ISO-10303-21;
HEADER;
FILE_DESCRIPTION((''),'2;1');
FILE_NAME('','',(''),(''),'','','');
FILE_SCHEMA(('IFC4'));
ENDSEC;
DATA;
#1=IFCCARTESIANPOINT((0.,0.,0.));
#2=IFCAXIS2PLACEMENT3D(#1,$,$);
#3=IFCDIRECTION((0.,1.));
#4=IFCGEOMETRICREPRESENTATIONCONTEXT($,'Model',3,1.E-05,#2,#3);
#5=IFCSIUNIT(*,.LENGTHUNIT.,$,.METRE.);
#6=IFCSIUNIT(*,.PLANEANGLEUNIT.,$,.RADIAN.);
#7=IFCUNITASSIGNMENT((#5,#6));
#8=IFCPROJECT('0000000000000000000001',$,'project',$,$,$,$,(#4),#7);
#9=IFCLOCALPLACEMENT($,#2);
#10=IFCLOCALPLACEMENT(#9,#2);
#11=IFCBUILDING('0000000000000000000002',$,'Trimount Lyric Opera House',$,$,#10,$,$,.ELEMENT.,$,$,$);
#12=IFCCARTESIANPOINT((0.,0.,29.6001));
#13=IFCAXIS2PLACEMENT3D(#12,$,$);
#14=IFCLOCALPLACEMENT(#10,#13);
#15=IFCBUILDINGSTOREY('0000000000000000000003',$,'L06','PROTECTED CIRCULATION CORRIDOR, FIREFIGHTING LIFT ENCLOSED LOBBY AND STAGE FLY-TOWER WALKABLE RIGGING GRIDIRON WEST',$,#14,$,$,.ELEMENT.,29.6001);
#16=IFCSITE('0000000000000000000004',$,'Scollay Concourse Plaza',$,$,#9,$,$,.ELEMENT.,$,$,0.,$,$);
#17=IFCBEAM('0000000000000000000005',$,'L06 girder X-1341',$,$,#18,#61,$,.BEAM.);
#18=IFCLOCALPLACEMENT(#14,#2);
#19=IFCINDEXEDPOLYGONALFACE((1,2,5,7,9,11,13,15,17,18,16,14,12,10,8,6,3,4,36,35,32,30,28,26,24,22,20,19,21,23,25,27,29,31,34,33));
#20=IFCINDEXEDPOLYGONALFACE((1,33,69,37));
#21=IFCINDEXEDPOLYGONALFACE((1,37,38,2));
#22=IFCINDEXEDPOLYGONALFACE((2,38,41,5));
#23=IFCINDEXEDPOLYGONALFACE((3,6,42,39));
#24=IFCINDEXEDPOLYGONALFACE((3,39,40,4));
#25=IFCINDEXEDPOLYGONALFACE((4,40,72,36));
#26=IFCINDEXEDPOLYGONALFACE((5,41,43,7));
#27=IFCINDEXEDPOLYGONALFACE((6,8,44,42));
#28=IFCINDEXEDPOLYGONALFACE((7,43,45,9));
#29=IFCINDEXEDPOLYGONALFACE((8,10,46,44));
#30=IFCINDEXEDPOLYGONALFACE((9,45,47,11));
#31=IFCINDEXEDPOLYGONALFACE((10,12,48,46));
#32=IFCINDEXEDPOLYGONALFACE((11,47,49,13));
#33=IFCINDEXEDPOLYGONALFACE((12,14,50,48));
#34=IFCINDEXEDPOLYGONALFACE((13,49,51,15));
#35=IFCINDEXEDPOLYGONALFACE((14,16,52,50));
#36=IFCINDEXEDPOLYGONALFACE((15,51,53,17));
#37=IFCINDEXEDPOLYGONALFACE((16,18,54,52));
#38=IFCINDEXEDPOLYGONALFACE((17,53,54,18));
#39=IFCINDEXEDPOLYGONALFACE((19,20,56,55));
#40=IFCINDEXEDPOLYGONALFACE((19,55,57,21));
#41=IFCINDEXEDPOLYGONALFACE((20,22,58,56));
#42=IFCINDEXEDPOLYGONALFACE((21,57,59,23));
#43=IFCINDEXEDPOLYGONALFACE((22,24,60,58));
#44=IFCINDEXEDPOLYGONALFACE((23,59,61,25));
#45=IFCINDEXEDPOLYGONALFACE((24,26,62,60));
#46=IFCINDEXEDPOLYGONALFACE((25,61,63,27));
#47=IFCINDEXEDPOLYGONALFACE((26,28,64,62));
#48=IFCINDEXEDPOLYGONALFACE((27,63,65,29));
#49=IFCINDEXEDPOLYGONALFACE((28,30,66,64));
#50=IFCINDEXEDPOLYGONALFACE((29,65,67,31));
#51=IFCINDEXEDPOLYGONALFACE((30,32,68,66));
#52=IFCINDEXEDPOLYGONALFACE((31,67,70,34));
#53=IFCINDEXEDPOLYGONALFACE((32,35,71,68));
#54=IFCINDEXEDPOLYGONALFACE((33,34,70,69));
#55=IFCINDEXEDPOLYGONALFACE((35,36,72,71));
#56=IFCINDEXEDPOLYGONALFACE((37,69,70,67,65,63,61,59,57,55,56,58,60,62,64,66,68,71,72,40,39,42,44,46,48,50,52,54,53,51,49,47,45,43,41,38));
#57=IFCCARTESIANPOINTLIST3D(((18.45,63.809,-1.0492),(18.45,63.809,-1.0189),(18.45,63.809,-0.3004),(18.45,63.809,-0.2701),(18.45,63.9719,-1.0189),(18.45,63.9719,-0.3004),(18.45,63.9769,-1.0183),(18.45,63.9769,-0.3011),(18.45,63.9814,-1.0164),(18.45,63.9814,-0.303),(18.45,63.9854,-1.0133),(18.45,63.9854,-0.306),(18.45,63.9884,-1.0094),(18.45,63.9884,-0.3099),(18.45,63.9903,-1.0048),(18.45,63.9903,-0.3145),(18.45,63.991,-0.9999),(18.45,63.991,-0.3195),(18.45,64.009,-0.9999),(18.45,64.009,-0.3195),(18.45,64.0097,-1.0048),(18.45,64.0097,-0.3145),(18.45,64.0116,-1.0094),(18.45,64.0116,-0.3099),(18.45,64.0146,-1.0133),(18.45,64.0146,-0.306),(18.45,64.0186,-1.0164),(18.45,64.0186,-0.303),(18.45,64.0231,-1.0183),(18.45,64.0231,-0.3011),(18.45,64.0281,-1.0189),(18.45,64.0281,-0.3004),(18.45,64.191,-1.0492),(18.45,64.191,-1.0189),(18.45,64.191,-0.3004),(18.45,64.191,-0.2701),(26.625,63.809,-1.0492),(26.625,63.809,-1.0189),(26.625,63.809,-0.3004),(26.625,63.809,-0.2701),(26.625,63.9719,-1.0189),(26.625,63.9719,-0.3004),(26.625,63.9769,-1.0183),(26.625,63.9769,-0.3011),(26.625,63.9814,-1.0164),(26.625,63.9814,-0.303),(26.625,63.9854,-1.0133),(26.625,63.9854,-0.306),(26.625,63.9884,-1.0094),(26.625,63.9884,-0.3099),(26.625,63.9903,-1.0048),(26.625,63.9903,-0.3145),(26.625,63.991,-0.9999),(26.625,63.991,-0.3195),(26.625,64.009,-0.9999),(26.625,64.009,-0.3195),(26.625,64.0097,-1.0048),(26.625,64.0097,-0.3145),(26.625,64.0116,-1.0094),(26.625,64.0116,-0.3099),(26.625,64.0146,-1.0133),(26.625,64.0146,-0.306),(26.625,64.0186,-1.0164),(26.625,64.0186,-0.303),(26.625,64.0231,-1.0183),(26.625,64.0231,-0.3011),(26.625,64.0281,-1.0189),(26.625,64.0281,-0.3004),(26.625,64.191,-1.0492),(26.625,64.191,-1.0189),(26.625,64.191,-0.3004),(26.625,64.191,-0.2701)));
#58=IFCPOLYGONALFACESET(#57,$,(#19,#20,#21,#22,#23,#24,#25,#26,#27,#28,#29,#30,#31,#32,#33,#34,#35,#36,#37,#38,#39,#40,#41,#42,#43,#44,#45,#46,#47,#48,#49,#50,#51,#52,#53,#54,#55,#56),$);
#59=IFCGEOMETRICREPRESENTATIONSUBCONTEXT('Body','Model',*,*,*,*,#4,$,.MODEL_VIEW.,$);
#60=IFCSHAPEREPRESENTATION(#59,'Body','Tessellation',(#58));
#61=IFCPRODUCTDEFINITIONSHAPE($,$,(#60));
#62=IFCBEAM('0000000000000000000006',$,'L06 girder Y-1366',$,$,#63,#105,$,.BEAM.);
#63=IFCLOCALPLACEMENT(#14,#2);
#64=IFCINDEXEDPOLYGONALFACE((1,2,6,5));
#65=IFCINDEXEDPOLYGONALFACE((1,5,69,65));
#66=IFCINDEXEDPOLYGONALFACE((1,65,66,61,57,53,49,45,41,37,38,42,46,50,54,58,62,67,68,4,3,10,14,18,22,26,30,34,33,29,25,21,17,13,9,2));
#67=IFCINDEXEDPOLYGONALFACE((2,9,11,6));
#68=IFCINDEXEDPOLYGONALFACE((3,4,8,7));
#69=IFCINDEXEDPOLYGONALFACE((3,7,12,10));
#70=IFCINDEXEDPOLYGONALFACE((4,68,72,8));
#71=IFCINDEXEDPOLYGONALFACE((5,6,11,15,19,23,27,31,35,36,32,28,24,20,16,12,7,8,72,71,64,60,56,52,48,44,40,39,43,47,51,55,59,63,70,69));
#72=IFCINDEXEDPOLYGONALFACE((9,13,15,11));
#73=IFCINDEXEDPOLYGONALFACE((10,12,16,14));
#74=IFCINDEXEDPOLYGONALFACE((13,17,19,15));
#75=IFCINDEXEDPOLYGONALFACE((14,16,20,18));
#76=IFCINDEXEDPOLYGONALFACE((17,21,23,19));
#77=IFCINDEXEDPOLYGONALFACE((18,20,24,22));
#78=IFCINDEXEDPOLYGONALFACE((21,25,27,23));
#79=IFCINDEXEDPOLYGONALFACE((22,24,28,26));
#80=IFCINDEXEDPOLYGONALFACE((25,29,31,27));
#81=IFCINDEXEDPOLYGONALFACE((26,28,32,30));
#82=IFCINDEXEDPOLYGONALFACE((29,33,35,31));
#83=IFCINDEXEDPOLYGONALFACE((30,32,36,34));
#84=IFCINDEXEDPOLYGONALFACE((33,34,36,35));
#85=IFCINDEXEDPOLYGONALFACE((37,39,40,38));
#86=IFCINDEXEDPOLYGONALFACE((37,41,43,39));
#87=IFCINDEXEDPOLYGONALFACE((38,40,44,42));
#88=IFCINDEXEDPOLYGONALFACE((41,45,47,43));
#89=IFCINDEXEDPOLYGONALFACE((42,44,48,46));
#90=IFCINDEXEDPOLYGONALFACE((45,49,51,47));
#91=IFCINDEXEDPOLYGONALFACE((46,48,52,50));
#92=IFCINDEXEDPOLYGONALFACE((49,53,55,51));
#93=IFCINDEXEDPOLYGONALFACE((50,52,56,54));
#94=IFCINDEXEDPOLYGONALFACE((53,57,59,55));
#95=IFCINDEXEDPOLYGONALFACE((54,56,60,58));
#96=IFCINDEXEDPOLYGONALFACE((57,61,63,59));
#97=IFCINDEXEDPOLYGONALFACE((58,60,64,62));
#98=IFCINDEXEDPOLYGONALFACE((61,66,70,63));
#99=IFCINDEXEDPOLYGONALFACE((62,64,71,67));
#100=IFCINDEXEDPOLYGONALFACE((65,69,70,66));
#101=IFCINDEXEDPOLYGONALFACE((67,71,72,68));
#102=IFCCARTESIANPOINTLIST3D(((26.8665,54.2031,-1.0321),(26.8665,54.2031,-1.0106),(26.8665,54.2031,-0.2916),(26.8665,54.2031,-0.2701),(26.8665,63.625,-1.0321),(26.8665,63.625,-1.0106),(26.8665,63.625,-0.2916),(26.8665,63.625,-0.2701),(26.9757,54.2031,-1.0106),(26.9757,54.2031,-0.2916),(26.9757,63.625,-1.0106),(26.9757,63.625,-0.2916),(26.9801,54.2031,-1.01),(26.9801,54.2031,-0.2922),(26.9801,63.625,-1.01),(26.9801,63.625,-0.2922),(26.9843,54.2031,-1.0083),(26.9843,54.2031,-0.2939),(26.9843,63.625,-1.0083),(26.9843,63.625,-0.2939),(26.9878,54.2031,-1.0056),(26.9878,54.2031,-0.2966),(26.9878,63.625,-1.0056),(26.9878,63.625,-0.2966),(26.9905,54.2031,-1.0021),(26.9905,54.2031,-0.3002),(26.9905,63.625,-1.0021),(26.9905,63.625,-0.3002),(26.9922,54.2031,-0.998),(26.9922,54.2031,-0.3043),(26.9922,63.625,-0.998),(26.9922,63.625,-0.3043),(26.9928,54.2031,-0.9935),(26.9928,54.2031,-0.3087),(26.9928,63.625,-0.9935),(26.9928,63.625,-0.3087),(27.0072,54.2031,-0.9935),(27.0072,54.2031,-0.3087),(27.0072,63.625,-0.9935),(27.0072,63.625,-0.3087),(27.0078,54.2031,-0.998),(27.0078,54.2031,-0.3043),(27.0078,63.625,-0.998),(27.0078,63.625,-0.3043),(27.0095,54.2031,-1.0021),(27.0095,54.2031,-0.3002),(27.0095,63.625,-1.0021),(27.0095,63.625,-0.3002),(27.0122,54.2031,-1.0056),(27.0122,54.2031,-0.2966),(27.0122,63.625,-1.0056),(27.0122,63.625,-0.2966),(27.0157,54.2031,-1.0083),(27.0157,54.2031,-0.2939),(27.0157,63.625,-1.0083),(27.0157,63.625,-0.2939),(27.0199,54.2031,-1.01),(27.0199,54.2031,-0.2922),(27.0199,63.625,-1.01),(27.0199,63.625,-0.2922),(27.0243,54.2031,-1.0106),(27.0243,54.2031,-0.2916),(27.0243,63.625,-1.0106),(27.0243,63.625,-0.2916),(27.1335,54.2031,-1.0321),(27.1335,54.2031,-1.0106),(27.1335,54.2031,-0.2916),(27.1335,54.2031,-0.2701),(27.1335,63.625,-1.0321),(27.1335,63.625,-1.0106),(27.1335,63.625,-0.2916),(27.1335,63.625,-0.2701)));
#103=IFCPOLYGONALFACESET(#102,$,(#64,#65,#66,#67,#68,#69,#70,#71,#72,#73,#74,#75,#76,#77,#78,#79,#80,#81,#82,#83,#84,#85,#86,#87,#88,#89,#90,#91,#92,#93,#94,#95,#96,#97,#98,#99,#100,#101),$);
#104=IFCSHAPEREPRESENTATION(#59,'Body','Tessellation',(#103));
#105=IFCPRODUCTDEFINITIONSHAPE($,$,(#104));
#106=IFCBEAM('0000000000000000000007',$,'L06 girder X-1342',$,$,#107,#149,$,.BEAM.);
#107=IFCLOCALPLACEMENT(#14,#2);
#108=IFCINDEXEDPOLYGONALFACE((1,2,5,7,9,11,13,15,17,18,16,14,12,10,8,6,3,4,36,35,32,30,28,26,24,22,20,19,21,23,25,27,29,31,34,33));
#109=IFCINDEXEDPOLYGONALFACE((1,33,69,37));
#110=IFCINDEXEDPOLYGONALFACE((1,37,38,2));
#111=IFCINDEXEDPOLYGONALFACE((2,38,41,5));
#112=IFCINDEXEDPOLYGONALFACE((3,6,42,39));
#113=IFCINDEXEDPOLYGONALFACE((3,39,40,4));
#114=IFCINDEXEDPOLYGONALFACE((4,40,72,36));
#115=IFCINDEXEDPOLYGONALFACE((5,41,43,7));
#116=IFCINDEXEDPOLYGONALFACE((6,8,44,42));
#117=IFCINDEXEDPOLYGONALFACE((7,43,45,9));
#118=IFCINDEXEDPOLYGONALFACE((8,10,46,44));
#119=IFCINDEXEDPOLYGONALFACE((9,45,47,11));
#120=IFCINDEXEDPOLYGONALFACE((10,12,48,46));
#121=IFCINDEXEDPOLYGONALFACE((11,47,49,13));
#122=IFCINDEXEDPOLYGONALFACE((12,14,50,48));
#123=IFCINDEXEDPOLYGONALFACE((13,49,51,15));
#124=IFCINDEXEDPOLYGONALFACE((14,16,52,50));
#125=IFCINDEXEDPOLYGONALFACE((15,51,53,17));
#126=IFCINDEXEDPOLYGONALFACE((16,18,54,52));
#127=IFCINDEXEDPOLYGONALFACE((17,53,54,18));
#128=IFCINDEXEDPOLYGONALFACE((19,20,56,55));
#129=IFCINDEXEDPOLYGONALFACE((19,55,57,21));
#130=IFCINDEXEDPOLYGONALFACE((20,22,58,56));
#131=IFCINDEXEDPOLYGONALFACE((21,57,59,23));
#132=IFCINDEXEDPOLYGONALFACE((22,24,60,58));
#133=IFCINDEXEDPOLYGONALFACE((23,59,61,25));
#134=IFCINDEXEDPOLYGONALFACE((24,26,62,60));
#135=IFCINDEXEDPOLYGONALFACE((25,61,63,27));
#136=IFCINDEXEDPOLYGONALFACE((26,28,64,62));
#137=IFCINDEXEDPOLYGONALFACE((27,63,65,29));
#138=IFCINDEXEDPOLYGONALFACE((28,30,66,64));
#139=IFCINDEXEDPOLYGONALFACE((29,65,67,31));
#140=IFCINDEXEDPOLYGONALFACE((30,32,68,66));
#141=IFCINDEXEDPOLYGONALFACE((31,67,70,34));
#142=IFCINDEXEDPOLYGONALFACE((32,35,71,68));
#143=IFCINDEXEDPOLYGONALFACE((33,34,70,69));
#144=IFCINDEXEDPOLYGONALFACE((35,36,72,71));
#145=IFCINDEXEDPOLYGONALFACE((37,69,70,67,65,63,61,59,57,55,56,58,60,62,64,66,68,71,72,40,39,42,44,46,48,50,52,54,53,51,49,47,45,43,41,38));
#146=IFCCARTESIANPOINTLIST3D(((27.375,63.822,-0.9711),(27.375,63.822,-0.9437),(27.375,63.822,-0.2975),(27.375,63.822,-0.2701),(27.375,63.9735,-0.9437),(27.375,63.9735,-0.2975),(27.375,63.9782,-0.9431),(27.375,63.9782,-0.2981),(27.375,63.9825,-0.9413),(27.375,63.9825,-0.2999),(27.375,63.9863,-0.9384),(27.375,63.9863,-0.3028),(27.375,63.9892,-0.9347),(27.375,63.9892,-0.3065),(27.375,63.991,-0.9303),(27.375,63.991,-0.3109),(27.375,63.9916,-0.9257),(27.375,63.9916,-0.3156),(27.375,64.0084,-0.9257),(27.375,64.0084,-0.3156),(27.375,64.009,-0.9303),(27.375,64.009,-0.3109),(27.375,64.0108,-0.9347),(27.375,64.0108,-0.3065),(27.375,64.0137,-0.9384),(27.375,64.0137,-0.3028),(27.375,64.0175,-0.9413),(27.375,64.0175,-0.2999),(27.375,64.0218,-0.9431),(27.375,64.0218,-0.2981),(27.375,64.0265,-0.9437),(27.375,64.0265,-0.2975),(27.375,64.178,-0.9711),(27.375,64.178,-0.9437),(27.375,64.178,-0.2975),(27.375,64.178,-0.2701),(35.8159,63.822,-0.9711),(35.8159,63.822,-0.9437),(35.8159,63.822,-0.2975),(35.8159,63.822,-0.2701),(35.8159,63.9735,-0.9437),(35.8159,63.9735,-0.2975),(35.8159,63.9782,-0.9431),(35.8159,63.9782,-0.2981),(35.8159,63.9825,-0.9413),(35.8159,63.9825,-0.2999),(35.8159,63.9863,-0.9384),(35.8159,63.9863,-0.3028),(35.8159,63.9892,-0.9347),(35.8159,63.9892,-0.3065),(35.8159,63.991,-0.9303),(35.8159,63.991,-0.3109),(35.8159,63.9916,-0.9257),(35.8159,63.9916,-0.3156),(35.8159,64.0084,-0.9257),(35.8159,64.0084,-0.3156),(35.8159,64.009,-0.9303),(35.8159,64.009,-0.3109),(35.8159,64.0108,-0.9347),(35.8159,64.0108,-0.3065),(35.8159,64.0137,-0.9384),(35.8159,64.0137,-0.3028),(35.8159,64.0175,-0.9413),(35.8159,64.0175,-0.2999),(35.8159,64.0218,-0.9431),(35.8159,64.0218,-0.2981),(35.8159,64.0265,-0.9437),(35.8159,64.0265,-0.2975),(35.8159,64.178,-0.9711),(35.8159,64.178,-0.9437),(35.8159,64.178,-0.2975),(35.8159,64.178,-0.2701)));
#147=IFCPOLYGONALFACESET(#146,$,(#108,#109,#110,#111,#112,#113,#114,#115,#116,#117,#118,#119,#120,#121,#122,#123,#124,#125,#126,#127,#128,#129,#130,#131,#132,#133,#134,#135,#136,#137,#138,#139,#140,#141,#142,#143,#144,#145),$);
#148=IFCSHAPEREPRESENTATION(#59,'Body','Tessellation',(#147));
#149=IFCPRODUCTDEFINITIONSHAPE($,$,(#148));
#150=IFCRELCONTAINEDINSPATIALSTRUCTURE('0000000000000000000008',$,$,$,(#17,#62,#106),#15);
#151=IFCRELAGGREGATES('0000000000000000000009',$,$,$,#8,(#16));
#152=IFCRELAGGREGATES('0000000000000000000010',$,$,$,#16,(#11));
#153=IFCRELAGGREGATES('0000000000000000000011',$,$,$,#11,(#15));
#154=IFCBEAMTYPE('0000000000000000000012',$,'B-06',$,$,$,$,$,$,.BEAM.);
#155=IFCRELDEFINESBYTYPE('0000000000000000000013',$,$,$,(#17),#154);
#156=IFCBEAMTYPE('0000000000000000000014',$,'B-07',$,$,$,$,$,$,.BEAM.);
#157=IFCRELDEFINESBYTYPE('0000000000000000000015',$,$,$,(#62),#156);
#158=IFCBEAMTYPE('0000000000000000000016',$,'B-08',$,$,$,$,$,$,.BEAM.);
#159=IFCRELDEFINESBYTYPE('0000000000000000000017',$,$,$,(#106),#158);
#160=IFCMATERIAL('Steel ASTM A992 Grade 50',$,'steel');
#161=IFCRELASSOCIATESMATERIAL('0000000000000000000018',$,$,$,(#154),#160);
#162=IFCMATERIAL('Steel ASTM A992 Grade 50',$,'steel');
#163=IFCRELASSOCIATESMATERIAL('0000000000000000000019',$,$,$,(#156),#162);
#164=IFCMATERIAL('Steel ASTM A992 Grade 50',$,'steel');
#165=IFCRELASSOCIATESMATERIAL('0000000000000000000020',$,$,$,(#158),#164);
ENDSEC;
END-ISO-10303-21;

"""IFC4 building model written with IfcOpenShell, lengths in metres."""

from ifc_helpers import new_model, si_unit, direction, frame, origin, origin_2d, place, context, subcontext, project, spatial, i_section, extrude, material, material_profile, profile_set, type_object, element, save


model = new_model("IFC4")

# Units and contexts
model_context = context("Model", 3, precision=1e-05, world=origin(), true_north=direction((0.0, 1.0)))
body_context = subcontext(model_context, "Body", "Model", "MODEL_VIEW")
ifc_project = project(units=[si_unit("LENGTHUNIT", "METRE"), si_unit("PLANEANGLEUNIT", "RADIAN")], contexts=[model_context])

# Site, building, storey
site_placement = place(None, origin())
site = spatial("IfcSite", under=ifc_project, at=site_placement, Name="Scollay Concourse Plaza", CompositionType="ELEMENT", RefElevation=0.0)
building_placement = place(site_placement, origin())
building = spatial("IfcBuilding", under=site, at=building_placement, Name="Trimount Lyric Opera House", CompositionType="ELEMENT")
storey_placement = place(building_placement, frame((0.0, 0.0, 29.6001)))
storey = spatial("IfcBuildingStorey", under=building, at=storey_placement, Name="L06", Description="PROTECTED CIRCULATION CORRIDOR, FIREFIGHTING LIFT ENCLOSED LOBBY AND STAGE FLY-TOWER WALKABLE RIGGING GRIDIRON WEST", CompositionType="ELEMENT", Elevation=29.6001)

# Beams
ifc_material_1 = material(Name="Steel ASTM A992 Grade 50", Category="steel")
ifc_material_profile_1 = material_profile(ifc_material_1, i_section(OverallWidth=0.3821, OverallDepth=0.7791, WebThickness=0.0181, FlangeThickness=0.0303, FilletRadius=0.019, at=origin_2d()), Name="W30X191")
ifc_profile_set_1 = profile_set([ifc_material_profile_1], Name="Steel ASTM A992 Grade 50")
beam_type_1 = type_object("IfcBeamType", Name="B-06", PredefinedType="BEAM", material=ifc_profile_set_1)
beam_1_placement = place(storey_placement, frame((18.45, 64.0, -0.6597), z_axis=(1.0, 0.0, 0.0), x_axis=(0.0, 1.0, 0.0)))
element("IfcBeam", 1, at=beam_1_placement, inside=storey, type_object=beam_type_1, Name="L06 girder X-1341", PredefinedType="BEAM", context=body_context, shape_type="SweptSolid", body=[
    extrude(i_section(OverallWidth=0.3821, OverallDepth=0.7791, WebThickness=0.0181, FlangeThickness=0.0303, FilletRadius=0.019, at=origin_2d()), origin(), (0.0, 0.0, 1.0), 8.175),
])
ifc_material_2 = material(Name="Steel ASTM A992 Grade 50", Category="steel")
ifc_material_profile_2 = material_profile(ifc_material_2, i_section(OverallWidth=0.2671, OverallDepth=0.762, WebThickness=0.0144, FlangeThickness=0.0215, FilletRadius=0.0171, at=origin_2d()), Name="W30X116")
ifc_profile_set_2 = profile_set([ifc_material_profile_2], Name="Steel ASTM A992 Grade 50")
beam_type_2 = type_object("IfcBeamType", Name="B-07", PredefinedType="BEAM", material=ifc_profile_set_2)
beam_2_placement = place(storey_placement, frame((27.0, 54.2031, -0.6511), z_axis=(0.0, 1.0, 0.0), x_axis=(-1.0, 0.0, 0.0)))
element("IfcBeam", 2, at=beam_2_placement, inside=storey, type_object=beam_type_2, Name="L06 girder Y-1366", PredefinedType="BEAM", context=body_context, shape_type="SweptSolid", body=[
    extrude(i_section(OverallWidth=0.2671, OverallDepth=0.762, WebThickness=0.0144, FlangeThickness=0.0215, FilletRadius=0.0171, at=origin_2d()), origin(), (0.0, 0.0, 1.0), 9.4219),
])
ifc_material_3 = material(Name="Steel ASTM A992 Grade 50", Category="steel")
ifc_material_profile_3 = material_profile(ifc_material_3, i_section(OverallWidth=0.356, OverallDepth=0.7009, WebThickness=0.0168, FlangeThickness=0.0273, FilletRadius=0.0181, at=origin_2d()), Name="W27X161")
ifc_profile_set_3 = profile_set([ifc_material_profile_3], Name="Steel ASTM A992 Grade 50")
beam_type_3 = type_object("IfcBeamType", Name="B-08", PredefinedType="BEAM", material=ifc_profile_set_3)
beam_3_placement = place(storey_placement, frame((27.375, 64.0, -0.6206), z_axis=(1.0, 0.0, 0.0), x_axis=(0.0, 1.0, 0.0)))
element("IfcBeam", 3, at=beam_3_placement, inside=storey, type_object=beam_type_3, Name="L06 girder X-1342", PredefinedType="BEAM", context=body_context, shape_type="SweptSolid", body=[
    extrude(i_section(OverallWidth=0.356, OverallDepth=0.7009, WebThickness=0.0168, FlangeThickness=0.0273, FilletRadius=0.0181, at=origin_2d()), origin(), (0.0, 0.0, 1.0), 8.4409),
])

save(model, "model.ifc")
